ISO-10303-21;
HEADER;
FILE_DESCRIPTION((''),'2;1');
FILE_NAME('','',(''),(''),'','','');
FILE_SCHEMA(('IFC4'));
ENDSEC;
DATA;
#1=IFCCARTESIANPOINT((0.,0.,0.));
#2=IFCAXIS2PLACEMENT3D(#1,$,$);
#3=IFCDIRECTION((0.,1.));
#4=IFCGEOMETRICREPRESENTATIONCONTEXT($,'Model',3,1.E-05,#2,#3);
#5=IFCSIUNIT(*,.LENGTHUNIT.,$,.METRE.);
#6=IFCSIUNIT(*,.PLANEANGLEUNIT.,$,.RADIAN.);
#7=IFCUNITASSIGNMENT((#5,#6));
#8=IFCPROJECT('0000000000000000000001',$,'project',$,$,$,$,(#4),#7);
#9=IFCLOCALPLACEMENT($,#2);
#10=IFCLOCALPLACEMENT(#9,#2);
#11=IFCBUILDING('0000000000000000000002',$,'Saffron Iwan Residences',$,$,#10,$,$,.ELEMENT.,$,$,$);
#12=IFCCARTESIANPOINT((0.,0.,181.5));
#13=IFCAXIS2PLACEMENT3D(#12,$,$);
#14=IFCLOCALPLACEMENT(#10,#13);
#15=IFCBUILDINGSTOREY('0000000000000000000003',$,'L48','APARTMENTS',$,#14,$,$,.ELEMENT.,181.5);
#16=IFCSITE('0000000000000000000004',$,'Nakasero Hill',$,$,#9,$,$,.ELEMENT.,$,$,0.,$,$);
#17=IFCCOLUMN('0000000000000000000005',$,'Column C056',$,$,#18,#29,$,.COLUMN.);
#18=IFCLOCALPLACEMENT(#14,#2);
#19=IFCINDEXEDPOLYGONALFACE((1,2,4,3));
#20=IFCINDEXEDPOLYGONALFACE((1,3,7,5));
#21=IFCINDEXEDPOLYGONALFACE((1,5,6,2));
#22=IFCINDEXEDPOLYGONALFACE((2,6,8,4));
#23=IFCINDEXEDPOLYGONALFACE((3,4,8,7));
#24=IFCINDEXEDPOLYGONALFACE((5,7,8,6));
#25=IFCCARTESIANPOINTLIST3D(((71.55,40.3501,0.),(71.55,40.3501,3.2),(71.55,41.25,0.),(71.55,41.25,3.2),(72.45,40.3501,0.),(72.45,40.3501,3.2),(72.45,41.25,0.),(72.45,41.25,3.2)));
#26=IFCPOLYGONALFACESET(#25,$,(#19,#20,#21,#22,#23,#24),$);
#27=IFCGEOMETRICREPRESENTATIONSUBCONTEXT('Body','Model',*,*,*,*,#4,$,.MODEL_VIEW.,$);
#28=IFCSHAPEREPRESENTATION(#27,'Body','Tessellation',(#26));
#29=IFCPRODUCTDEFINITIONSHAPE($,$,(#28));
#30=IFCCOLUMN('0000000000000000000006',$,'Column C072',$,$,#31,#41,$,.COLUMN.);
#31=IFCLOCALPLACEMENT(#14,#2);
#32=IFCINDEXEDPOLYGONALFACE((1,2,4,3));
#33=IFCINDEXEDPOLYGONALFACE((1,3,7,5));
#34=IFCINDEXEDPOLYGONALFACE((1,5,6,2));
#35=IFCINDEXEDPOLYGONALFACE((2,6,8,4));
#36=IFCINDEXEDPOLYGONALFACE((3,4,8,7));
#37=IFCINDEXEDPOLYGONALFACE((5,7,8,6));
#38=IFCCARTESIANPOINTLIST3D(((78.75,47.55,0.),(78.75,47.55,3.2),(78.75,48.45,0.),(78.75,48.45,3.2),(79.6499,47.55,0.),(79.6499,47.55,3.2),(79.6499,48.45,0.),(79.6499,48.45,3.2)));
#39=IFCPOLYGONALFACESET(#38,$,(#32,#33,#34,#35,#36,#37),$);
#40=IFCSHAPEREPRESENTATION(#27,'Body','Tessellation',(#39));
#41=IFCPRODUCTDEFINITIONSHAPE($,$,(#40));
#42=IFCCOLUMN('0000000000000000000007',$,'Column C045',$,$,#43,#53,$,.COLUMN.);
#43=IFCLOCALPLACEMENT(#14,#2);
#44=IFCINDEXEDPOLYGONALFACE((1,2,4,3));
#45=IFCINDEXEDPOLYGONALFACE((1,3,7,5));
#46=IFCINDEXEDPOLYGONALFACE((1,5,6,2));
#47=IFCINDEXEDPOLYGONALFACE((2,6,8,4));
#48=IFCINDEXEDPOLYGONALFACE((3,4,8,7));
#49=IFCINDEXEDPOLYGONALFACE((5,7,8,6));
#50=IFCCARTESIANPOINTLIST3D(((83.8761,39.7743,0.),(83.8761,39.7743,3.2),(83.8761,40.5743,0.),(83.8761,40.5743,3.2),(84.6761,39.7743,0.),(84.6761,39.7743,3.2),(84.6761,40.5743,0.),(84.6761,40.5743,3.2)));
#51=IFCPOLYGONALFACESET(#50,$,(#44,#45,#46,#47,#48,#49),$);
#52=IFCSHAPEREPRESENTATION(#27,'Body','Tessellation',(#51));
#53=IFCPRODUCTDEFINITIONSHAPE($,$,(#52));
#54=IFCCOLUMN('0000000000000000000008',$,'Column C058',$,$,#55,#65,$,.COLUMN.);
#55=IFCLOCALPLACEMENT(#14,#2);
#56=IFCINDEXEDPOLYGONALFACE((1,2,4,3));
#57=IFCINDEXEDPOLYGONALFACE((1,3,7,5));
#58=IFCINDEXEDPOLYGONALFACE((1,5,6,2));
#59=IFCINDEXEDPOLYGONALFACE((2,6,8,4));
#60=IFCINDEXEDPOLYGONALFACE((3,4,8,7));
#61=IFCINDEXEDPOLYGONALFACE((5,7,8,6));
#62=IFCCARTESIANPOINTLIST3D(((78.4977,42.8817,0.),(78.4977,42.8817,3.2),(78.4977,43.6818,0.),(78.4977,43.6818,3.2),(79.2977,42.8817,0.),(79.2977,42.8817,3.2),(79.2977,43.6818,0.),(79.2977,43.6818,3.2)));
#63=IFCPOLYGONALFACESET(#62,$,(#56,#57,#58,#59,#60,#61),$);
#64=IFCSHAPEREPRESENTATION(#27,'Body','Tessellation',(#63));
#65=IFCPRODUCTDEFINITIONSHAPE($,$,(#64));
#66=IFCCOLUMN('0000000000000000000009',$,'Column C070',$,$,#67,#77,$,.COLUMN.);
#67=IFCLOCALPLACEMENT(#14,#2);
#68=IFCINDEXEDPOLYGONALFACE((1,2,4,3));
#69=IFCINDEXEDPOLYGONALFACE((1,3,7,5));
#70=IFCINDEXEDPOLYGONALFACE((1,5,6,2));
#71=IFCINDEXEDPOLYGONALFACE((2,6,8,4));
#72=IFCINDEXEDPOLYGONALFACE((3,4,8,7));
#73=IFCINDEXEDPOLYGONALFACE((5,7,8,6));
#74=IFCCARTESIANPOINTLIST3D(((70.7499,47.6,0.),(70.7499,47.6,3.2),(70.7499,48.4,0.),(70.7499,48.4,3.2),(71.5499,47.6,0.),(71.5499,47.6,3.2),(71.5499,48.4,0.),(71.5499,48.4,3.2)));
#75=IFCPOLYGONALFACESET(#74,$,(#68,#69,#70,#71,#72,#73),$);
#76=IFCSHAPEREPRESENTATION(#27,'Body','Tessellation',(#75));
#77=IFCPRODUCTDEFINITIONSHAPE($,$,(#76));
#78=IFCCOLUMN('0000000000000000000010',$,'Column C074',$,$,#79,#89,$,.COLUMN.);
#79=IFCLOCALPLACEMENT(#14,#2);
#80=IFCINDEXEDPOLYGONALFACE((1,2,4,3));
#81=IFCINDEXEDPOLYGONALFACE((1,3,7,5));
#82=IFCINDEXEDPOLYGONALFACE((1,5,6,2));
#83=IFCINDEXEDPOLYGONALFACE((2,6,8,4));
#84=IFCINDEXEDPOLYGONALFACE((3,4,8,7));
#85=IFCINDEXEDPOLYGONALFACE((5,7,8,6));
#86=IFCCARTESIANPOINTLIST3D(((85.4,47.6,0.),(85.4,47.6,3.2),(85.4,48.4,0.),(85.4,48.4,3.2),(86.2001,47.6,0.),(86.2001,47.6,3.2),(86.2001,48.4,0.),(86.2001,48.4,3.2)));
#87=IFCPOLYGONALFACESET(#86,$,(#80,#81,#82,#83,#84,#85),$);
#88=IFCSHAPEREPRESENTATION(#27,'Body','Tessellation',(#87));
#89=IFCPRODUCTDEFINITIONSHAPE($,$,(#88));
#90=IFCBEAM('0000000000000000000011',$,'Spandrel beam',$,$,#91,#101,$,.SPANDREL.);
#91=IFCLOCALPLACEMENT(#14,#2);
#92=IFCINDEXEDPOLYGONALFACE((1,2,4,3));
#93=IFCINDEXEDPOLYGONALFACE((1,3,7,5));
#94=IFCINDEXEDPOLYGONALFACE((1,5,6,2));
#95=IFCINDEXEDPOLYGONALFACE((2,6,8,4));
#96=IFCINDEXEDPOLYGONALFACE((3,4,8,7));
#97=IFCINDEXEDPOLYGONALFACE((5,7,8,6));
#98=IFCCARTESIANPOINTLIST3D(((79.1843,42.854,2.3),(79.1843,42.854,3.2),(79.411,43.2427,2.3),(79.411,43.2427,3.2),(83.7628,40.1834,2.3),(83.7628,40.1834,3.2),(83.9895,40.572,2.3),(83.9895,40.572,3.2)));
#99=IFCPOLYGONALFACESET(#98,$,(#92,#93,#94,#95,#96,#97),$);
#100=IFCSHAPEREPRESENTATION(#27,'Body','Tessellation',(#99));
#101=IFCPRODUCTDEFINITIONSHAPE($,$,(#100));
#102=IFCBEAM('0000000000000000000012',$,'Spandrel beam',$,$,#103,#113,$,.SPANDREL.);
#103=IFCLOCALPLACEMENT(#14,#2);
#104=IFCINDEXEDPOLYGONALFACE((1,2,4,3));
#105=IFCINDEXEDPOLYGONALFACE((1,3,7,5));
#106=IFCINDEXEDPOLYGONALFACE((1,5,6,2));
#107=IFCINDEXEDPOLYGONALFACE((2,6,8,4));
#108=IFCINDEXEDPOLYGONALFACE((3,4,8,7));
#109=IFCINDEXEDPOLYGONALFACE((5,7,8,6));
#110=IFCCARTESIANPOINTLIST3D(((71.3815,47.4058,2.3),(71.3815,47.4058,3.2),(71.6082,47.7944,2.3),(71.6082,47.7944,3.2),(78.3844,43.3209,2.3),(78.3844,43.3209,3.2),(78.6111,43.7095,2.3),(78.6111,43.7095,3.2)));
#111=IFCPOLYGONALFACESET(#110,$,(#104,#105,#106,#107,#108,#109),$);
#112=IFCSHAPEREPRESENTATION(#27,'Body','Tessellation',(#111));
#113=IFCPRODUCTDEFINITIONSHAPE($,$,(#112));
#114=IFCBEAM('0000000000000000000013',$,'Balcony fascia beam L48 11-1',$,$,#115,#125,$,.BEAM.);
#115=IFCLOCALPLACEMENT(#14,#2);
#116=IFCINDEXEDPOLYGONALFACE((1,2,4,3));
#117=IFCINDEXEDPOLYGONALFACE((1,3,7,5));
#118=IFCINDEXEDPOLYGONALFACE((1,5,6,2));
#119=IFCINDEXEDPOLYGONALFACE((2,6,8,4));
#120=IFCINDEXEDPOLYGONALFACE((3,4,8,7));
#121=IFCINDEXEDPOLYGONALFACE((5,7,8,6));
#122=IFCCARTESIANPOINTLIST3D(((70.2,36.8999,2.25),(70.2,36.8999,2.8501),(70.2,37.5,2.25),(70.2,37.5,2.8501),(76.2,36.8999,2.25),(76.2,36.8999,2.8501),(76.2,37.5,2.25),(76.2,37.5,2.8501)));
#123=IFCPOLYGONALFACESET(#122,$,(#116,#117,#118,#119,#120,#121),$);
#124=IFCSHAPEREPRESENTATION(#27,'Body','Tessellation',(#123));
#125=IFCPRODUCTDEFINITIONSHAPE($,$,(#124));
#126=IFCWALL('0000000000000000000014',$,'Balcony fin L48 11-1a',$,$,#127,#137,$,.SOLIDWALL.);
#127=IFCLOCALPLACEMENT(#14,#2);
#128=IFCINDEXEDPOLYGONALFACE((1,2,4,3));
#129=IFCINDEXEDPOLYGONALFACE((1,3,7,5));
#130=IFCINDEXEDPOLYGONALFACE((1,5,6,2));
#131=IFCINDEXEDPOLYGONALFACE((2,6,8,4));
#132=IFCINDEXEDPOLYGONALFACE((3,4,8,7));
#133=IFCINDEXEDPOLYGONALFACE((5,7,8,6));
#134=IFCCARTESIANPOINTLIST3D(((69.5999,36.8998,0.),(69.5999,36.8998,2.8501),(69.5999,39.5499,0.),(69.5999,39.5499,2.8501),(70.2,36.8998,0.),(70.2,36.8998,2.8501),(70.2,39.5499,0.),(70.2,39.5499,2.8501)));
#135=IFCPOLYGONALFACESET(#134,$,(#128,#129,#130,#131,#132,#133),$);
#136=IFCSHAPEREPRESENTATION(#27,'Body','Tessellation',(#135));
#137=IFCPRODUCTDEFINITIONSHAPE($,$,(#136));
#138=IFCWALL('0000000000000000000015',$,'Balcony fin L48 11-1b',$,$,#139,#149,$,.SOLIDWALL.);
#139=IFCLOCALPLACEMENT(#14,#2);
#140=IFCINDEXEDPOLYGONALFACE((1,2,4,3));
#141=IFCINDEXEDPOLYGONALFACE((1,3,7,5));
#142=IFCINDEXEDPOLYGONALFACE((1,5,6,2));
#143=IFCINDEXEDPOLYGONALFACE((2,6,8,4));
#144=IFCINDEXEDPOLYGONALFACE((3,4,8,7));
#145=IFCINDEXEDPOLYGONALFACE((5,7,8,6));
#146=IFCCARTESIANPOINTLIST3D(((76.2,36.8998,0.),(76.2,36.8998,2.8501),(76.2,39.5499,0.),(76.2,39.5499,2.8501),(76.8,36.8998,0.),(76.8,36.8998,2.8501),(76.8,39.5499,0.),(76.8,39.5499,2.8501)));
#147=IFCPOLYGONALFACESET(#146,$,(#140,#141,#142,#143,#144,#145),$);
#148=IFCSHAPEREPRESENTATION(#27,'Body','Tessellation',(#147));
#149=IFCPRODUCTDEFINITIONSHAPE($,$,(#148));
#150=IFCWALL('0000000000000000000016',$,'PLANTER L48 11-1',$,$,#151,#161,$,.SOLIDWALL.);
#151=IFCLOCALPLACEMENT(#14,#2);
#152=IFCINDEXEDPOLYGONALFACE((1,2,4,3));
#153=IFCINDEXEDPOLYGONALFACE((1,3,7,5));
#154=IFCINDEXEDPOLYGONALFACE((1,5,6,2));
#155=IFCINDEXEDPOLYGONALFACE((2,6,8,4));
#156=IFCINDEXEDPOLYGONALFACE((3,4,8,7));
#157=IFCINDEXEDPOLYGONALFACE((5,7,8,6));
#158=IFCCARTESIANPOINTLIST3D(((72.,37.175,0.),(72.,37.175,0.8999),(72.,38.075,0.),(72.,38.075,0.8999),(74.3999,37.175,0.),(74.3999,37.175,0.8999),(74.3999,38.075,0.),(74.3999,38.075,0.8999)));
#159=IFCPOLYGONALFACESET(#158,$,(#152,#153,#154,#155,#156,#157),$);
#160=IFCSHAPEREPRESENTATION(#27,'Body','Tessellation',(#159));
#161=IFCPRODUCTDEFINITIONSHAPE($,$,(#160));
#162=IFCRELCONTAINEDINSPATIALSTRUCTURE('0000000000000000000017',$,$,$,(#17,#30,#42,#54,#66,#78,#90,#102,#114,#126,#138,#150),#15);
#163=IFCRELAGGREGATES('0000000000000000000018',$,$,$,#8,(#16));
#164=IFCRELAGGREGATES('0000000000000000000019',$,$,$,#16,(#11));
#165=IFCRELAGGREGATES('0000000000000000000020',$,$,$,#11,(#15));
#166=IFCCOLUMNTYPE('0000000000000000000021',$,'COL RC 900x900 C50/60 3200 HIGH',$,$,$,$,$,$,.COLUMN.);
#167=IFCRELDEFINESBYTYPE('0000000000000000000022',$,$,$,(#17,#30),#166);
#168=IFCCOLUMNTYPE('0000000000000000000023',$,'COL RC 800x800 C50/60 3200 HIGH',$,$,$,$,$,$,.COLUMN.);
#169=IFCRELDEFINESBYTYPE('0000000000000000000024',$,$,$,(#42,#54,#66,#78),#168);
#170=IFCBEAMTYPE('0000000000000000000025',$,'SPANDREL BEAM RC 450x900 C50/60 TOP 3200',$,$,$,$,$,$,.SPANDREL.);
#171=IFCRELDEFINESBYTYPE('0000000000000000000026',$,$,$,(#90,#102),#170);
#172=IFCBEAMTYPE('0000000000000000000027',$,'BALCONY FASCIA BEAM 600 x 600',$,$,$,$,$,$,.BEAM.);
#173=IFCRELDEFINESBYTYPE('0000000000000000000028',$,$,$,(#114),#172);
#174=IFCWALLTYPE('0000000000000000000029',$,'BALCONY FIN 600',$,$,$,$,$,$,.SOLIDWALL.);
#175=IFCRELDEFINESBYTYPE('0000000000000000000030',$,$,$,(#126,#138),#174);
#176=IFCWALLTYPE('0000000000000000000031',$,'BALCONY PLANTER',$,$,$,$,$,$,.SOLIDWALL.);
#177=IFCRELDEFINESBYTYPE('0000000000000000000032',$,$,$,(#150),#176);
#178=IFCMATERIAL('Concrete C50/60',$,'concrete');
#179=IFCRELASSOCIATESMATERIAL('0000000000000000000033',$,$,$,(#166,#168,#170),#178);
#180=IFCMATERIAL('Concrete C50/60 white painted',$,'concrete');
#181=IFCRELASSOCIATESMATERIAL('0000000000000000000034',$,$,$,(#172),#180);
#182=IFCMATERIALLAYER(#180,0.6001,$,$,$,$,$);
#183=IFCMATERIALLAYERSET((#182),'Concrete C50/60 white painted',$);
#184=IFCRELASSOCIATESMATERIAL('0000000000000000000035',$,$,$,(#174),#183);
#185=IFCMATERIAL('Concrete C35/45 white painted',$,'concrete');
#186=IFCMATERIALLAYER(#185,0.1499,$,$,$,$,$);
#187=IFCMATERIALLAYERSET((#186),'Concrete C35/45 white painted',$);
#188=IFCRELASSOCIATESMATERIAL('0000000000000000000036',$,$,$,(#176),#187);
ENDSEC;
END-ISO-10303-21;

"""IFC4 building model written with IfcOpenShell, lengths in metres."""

from ifc_helpers import new_model, si_unit, direction, frame, frame_2d, origin, origin_2d, place, context, subcontext, project, spatial, rectangle, extrude, source, transform, mapped, material, layer, layer_set, material_profile, profile_set, type_object, element, save


model = new_model("IFC4")

# Units and contexts
model_context = context("Model", 3, precision=1e-05, world=origin(), true_north=direction((0.0, 1.0)))
body_context = subcontext(model_context, "Body", "Model", "MODEL_VIEW")
ifc_project = project(units=[si_unit("LENGTHUNIT", "METRE"), si_unit("PLANEANGLEUNIT", "RADIAN")], contexts=[model_context])

# Site, building, storey
site_placement = place(None, origin())
site = spatial("IfcSite", under=ifc_project, at=site_placement, Name="Nakasero Hill", CompositionType="ELEMENT", RefElevation=0.0)
building_placement = place(site_placement, origin())
building = spatial("IfcBuilding", under=site, at=building_placement, Name="Saffron Iwan Residences", CompositionType="ELEMENT")
storey_placement = place(building_placement, frame((0.0, 0.0, 181.5)))
storey = spatial("IfcBuildingStorey", under=building, at=storey_placement, Name="L48", Description="APARTMENTS", CompositionType="ELEMENT", Elevation=181.5)

# Columns
ifc_material_1 = material(Name="Concrete C50/60", Category="concrete")
ifc_material_profile_1 = material_profile(ifc_material_1, rectangle(XDim=0.8999, YDim=0.8999, at=origin_2d()), Name="RC 900x900")
ifc_profile_set_1 = profile_set([ifc_material_profile_1], Name="Concrete C50/60")
column_type_1 = type_object("IfcColumnType", Name="COL RC 900x900 C50/60 3200 HIGH", PredefinedType="COLUMN", material=ifc_profile_set_1)
shared_shape_1 = source(origin(), body_context, "Body", "SweptSolid", [
    extrude(rectangle(XDim=0.8999, YDim=0.8999, at=origin_2d()), origin(), (0.0, 0.0, 1.0), 3.2),
])
for number, where, z_axis, x_axis, name in (
    (1, (72.0, 40.8, 0.0), (0.0, 0.0, 1.0), (1.0, 0.0, 0.0), "Column C056"),
    (2, (79.2, 48.0, 0.0), (0.0, 0.0, 1.0), (1.0, 0.0, 0.0), "Column C072"),
):
    element("IfcColumn", number, at=place(storey_placement, frame(where, z_axis=z_axis, x_axis=x_axis)), inside=storey, type_object=column_type_1, Name=name, PredefinedType="COLUMN", context=body_context, shape_type="MappedRepresentation", body=[
        mapped(shared_shape_1, transform((0.0, 0.0, 0.0))),
    ])
ifc_material_profile_2 = material_profile(ifc_material_1, rectangle(XDim=0.8, YDim=0.8, at=origin_2d()), Name="RC 800x800")
ifc_profile_set_2 = profile_set([ifc_material_profile_2], Name="Concrete C50/60")
column_type_2 = type_object("IfcColumnType", Name="COL RC 800x800 C50/60 3200 HIGH", PredefinedType="COLUMN", material=ifc_profile_set_2)
shared_shape_2 = source(origin(), body_context, "Body", "SweptSolid", [
    extrude(rectangle(XDim=0.8, YDim=0.8, at=origin_2d()), origin(), (0.0, 0.0, 1.0), 3.2),
])
for number, where, z_axis, x_axis, name in (
    (3, (84.2761, 40.1743, 0.0), (0.0, 0.0, 1.0), (1.0, 0.0, 0.0), "Column C045"),
    (4, (78.8977, 43.2817, 0.0), (0.0, 0.0, 1.0), (1.0, 0.0, 0.0), "Column C058"),
    (5, (71.1499, 48.0, 0.0), (0.0, 0.0, 1.0), (1.0, 0.0, 0.0), "Column C070"),
    (6, (85.8, 48.0, 0.0), (0.0, 0.0, 1.0), (1.0, 0.0, 0.0), "Column C074"),
):
    element("IfcColumn", number, at=place(storey_placement, frame(where, z_axis=z_axis, x_axis=x_axis)), inside=storey, type_object=column_type_2, Name=name, PredefinedType="COLUMN", context=body_context, shape_type="MappedRepresentation", body=[
        mapped(shared_shape_2, transform((0.0, 0.0, 0.0))),
    ])

# Beams
ifc_material_profile_3 = material_profile(ifc_material_1, rectangle(XDim=0.45, YDim=0.8999, at=origin_2d()), Name="RC 450x900")
ifc_profile_set_3 = profile_set([ifc_material_profile_3], Name="Concrete C50/60")
beam_type_1 = type_object("IfcBeamType", Name="SPANDREL BEAM RC 450x900 C50/60 TOP 3200", PredefinedType="SPANDREL", material=ifc_profile_set_3)
shared_shape_3 = source(origin(), body_context, "Body", "SweptSolid", [
    extrude(rectangle(XDim=0.45, YDim=0.8999, at=origin_2d()), origin(), (0.0, 0.0, 1.0), 5.3005),
])
beam_1_placement = place(storey_placement, frame((79.2976, 43.0483, 2.75), z_axis=(0.863796, -0.503842, 0.0), x_axis=(0.503842, 0.863796, 0.0)))
element("IfcBeam", 7, at=beam_1_placement, inside=storey, type_object=beam_type_1, Name="Spandrel beam", PredefinedType="SPANDREL", context=body_context, shape_type="MappedRepresentation", body=[
    mapped(shared_shape_3, transform((0.0, 0.0, 0.0))),
])
shared_shape_4 = source(origin(), body_context, "Body", "SweptSolid", [
    extrude(rectangle(XDim=0.45, YDim=0.8999, at=origin_2d()), origin(), (0.0, 0.0, 1.0), 8.1072),
])
beam_2_placement = place(storey_placement, frame((71.4949, 47.6001, 2.75), z_axis=(0.863783, -0.503864, 0.0), x_axis=(0.503864, 0.863783, 0.0)))
element("IfcBeam", 8, at=beam_2_placement, inside=storey, type_object=beam_type_1, Name="Spandrel beam", PredefinedType="SPANDREL", context=body_context, shape_type="MappedRepresentation", body=[
    mapped(shared_shape_4, transform((0.0, 0.0, 0.0))),
])
ifc_material_2 = material(Name="Concrete C50/60 white painted", Category="concrete")
ifc_material_profile_4 = material_profile(ifc_material_2, rectangle(XDim=0.6001, YDim=0.6001, at=origin_2d()), Name="BALCONY FASCIA BEAM 600 x 600")
ifc_profile_set_4 = profile_set([ifc_material_profile_4], Name="Concrete C50/60 white painted")
beam_type_2 = type_object("IfcBeamType", Name="BALCONY FASCIA BEAM 600 x 600", PredefinedType="BEAM", material=ifc_profile_set_4)
shared_shape_5 = source(origin(), body_context, "Body", "SweptSolid", [
    extrude(rectangle(XDim=0.6001, YDim=0.6001, at=origin_2d()), origin(), (0.0, 0.0, 1.0), 6.0),
])
beam_3_placement = place(storey_placement, frame((70.2, 37.2, 2.55), z_axis=(1.0, 0.0, 0.0), x_axis=(0.0, 1.0, 0.0)))
element("IfcBeam", 9, at=beam_3_placement, inside=storey, type_object=beam_type_2, Name="Balcony fascia beam L48 11-1", PredefinedType="BEAM", context=body_context, shape_type="MappedRepresentation", body=[
    mapped(shared_shape_5, transform((0.0, 0.0, 0.0))),
])

# Walls
ifc_layer_1 = layer(ifc_material_2, 0.6001)
ifc_layer_set_1 = layer_set([ifc_layer_1], Name="Concrete C50/60 white painted")
wall_type_1 = type_object("IfcWallType", Name="BALCONY FIN 600", PredefinedType="SOLIDWALL", material=ifc_layer_set_1)
for number, where, z_axis, x_axis, name in (
    (10, (69.8999, 39.55, 0.0), (0.0, 0.0, 1.0), (0.0, -1.0, 0.0), "Balcony fin L48 11-1a"),
    (11, (76.5, 39.55, 0.0), (0.0, 0.0, 1.0), (0.0, -1.0, 0.0), "Balcony fin L48 11-1b"),
):
    element("IfcWall", number, at=place(storey_placement, frame(where, z_axis=z_axis, x_axis=x_axis)), inside=storey, type_object=wall_type_1, Name=name, PredefinedType="SOLIDWALL", context=body_context, shape_type="SweptSolid", body=[
        extrude(rectangle(XDim=2.6501, YDim=0.6001, at=frame_2d((1.3252, 0.0))), origin(), (0.0, 0.0, 1.0), 2.8501),
    ])
ifc_material_3 = material(Name="Concrete C35/45 white painted", Category="concrete")
ifc_layer_2 = layer(ifc_material_3, 0.1499)
ifc_layer_set_2 = layer_set([ifc_layer_2], Name="Concrete C35/45 white painted")
wall_type_2 = type_object("IfcWallType", Name="BALCONY PLANTER", PredefinedType="SOLIDWALL", material=ifc_layer_set_2)
wall_1_placement = place(storey_placement, frame((72.0, 37.625, 0.0), z_axis=(0.0, 0.0, 1.0), x_axis=(1.0, 0.0, 0.0)))
element("IfcWall", 12, at=wall_1_placement, inside=storey, type_object=wall_type_2, Name="PLANTER L48 11-1", PredefinedType="SOLIDWALL", context=body_context, shape_type="SweptSolid", body=[
    extrude(rectangle(XDim=2.3999, YDim=0.8999, at=frame_2d((1.2, 0.0))), origin(), (0.0, 0.0, 1.0), 0.8999),
])

save(model, "model.ifc")
